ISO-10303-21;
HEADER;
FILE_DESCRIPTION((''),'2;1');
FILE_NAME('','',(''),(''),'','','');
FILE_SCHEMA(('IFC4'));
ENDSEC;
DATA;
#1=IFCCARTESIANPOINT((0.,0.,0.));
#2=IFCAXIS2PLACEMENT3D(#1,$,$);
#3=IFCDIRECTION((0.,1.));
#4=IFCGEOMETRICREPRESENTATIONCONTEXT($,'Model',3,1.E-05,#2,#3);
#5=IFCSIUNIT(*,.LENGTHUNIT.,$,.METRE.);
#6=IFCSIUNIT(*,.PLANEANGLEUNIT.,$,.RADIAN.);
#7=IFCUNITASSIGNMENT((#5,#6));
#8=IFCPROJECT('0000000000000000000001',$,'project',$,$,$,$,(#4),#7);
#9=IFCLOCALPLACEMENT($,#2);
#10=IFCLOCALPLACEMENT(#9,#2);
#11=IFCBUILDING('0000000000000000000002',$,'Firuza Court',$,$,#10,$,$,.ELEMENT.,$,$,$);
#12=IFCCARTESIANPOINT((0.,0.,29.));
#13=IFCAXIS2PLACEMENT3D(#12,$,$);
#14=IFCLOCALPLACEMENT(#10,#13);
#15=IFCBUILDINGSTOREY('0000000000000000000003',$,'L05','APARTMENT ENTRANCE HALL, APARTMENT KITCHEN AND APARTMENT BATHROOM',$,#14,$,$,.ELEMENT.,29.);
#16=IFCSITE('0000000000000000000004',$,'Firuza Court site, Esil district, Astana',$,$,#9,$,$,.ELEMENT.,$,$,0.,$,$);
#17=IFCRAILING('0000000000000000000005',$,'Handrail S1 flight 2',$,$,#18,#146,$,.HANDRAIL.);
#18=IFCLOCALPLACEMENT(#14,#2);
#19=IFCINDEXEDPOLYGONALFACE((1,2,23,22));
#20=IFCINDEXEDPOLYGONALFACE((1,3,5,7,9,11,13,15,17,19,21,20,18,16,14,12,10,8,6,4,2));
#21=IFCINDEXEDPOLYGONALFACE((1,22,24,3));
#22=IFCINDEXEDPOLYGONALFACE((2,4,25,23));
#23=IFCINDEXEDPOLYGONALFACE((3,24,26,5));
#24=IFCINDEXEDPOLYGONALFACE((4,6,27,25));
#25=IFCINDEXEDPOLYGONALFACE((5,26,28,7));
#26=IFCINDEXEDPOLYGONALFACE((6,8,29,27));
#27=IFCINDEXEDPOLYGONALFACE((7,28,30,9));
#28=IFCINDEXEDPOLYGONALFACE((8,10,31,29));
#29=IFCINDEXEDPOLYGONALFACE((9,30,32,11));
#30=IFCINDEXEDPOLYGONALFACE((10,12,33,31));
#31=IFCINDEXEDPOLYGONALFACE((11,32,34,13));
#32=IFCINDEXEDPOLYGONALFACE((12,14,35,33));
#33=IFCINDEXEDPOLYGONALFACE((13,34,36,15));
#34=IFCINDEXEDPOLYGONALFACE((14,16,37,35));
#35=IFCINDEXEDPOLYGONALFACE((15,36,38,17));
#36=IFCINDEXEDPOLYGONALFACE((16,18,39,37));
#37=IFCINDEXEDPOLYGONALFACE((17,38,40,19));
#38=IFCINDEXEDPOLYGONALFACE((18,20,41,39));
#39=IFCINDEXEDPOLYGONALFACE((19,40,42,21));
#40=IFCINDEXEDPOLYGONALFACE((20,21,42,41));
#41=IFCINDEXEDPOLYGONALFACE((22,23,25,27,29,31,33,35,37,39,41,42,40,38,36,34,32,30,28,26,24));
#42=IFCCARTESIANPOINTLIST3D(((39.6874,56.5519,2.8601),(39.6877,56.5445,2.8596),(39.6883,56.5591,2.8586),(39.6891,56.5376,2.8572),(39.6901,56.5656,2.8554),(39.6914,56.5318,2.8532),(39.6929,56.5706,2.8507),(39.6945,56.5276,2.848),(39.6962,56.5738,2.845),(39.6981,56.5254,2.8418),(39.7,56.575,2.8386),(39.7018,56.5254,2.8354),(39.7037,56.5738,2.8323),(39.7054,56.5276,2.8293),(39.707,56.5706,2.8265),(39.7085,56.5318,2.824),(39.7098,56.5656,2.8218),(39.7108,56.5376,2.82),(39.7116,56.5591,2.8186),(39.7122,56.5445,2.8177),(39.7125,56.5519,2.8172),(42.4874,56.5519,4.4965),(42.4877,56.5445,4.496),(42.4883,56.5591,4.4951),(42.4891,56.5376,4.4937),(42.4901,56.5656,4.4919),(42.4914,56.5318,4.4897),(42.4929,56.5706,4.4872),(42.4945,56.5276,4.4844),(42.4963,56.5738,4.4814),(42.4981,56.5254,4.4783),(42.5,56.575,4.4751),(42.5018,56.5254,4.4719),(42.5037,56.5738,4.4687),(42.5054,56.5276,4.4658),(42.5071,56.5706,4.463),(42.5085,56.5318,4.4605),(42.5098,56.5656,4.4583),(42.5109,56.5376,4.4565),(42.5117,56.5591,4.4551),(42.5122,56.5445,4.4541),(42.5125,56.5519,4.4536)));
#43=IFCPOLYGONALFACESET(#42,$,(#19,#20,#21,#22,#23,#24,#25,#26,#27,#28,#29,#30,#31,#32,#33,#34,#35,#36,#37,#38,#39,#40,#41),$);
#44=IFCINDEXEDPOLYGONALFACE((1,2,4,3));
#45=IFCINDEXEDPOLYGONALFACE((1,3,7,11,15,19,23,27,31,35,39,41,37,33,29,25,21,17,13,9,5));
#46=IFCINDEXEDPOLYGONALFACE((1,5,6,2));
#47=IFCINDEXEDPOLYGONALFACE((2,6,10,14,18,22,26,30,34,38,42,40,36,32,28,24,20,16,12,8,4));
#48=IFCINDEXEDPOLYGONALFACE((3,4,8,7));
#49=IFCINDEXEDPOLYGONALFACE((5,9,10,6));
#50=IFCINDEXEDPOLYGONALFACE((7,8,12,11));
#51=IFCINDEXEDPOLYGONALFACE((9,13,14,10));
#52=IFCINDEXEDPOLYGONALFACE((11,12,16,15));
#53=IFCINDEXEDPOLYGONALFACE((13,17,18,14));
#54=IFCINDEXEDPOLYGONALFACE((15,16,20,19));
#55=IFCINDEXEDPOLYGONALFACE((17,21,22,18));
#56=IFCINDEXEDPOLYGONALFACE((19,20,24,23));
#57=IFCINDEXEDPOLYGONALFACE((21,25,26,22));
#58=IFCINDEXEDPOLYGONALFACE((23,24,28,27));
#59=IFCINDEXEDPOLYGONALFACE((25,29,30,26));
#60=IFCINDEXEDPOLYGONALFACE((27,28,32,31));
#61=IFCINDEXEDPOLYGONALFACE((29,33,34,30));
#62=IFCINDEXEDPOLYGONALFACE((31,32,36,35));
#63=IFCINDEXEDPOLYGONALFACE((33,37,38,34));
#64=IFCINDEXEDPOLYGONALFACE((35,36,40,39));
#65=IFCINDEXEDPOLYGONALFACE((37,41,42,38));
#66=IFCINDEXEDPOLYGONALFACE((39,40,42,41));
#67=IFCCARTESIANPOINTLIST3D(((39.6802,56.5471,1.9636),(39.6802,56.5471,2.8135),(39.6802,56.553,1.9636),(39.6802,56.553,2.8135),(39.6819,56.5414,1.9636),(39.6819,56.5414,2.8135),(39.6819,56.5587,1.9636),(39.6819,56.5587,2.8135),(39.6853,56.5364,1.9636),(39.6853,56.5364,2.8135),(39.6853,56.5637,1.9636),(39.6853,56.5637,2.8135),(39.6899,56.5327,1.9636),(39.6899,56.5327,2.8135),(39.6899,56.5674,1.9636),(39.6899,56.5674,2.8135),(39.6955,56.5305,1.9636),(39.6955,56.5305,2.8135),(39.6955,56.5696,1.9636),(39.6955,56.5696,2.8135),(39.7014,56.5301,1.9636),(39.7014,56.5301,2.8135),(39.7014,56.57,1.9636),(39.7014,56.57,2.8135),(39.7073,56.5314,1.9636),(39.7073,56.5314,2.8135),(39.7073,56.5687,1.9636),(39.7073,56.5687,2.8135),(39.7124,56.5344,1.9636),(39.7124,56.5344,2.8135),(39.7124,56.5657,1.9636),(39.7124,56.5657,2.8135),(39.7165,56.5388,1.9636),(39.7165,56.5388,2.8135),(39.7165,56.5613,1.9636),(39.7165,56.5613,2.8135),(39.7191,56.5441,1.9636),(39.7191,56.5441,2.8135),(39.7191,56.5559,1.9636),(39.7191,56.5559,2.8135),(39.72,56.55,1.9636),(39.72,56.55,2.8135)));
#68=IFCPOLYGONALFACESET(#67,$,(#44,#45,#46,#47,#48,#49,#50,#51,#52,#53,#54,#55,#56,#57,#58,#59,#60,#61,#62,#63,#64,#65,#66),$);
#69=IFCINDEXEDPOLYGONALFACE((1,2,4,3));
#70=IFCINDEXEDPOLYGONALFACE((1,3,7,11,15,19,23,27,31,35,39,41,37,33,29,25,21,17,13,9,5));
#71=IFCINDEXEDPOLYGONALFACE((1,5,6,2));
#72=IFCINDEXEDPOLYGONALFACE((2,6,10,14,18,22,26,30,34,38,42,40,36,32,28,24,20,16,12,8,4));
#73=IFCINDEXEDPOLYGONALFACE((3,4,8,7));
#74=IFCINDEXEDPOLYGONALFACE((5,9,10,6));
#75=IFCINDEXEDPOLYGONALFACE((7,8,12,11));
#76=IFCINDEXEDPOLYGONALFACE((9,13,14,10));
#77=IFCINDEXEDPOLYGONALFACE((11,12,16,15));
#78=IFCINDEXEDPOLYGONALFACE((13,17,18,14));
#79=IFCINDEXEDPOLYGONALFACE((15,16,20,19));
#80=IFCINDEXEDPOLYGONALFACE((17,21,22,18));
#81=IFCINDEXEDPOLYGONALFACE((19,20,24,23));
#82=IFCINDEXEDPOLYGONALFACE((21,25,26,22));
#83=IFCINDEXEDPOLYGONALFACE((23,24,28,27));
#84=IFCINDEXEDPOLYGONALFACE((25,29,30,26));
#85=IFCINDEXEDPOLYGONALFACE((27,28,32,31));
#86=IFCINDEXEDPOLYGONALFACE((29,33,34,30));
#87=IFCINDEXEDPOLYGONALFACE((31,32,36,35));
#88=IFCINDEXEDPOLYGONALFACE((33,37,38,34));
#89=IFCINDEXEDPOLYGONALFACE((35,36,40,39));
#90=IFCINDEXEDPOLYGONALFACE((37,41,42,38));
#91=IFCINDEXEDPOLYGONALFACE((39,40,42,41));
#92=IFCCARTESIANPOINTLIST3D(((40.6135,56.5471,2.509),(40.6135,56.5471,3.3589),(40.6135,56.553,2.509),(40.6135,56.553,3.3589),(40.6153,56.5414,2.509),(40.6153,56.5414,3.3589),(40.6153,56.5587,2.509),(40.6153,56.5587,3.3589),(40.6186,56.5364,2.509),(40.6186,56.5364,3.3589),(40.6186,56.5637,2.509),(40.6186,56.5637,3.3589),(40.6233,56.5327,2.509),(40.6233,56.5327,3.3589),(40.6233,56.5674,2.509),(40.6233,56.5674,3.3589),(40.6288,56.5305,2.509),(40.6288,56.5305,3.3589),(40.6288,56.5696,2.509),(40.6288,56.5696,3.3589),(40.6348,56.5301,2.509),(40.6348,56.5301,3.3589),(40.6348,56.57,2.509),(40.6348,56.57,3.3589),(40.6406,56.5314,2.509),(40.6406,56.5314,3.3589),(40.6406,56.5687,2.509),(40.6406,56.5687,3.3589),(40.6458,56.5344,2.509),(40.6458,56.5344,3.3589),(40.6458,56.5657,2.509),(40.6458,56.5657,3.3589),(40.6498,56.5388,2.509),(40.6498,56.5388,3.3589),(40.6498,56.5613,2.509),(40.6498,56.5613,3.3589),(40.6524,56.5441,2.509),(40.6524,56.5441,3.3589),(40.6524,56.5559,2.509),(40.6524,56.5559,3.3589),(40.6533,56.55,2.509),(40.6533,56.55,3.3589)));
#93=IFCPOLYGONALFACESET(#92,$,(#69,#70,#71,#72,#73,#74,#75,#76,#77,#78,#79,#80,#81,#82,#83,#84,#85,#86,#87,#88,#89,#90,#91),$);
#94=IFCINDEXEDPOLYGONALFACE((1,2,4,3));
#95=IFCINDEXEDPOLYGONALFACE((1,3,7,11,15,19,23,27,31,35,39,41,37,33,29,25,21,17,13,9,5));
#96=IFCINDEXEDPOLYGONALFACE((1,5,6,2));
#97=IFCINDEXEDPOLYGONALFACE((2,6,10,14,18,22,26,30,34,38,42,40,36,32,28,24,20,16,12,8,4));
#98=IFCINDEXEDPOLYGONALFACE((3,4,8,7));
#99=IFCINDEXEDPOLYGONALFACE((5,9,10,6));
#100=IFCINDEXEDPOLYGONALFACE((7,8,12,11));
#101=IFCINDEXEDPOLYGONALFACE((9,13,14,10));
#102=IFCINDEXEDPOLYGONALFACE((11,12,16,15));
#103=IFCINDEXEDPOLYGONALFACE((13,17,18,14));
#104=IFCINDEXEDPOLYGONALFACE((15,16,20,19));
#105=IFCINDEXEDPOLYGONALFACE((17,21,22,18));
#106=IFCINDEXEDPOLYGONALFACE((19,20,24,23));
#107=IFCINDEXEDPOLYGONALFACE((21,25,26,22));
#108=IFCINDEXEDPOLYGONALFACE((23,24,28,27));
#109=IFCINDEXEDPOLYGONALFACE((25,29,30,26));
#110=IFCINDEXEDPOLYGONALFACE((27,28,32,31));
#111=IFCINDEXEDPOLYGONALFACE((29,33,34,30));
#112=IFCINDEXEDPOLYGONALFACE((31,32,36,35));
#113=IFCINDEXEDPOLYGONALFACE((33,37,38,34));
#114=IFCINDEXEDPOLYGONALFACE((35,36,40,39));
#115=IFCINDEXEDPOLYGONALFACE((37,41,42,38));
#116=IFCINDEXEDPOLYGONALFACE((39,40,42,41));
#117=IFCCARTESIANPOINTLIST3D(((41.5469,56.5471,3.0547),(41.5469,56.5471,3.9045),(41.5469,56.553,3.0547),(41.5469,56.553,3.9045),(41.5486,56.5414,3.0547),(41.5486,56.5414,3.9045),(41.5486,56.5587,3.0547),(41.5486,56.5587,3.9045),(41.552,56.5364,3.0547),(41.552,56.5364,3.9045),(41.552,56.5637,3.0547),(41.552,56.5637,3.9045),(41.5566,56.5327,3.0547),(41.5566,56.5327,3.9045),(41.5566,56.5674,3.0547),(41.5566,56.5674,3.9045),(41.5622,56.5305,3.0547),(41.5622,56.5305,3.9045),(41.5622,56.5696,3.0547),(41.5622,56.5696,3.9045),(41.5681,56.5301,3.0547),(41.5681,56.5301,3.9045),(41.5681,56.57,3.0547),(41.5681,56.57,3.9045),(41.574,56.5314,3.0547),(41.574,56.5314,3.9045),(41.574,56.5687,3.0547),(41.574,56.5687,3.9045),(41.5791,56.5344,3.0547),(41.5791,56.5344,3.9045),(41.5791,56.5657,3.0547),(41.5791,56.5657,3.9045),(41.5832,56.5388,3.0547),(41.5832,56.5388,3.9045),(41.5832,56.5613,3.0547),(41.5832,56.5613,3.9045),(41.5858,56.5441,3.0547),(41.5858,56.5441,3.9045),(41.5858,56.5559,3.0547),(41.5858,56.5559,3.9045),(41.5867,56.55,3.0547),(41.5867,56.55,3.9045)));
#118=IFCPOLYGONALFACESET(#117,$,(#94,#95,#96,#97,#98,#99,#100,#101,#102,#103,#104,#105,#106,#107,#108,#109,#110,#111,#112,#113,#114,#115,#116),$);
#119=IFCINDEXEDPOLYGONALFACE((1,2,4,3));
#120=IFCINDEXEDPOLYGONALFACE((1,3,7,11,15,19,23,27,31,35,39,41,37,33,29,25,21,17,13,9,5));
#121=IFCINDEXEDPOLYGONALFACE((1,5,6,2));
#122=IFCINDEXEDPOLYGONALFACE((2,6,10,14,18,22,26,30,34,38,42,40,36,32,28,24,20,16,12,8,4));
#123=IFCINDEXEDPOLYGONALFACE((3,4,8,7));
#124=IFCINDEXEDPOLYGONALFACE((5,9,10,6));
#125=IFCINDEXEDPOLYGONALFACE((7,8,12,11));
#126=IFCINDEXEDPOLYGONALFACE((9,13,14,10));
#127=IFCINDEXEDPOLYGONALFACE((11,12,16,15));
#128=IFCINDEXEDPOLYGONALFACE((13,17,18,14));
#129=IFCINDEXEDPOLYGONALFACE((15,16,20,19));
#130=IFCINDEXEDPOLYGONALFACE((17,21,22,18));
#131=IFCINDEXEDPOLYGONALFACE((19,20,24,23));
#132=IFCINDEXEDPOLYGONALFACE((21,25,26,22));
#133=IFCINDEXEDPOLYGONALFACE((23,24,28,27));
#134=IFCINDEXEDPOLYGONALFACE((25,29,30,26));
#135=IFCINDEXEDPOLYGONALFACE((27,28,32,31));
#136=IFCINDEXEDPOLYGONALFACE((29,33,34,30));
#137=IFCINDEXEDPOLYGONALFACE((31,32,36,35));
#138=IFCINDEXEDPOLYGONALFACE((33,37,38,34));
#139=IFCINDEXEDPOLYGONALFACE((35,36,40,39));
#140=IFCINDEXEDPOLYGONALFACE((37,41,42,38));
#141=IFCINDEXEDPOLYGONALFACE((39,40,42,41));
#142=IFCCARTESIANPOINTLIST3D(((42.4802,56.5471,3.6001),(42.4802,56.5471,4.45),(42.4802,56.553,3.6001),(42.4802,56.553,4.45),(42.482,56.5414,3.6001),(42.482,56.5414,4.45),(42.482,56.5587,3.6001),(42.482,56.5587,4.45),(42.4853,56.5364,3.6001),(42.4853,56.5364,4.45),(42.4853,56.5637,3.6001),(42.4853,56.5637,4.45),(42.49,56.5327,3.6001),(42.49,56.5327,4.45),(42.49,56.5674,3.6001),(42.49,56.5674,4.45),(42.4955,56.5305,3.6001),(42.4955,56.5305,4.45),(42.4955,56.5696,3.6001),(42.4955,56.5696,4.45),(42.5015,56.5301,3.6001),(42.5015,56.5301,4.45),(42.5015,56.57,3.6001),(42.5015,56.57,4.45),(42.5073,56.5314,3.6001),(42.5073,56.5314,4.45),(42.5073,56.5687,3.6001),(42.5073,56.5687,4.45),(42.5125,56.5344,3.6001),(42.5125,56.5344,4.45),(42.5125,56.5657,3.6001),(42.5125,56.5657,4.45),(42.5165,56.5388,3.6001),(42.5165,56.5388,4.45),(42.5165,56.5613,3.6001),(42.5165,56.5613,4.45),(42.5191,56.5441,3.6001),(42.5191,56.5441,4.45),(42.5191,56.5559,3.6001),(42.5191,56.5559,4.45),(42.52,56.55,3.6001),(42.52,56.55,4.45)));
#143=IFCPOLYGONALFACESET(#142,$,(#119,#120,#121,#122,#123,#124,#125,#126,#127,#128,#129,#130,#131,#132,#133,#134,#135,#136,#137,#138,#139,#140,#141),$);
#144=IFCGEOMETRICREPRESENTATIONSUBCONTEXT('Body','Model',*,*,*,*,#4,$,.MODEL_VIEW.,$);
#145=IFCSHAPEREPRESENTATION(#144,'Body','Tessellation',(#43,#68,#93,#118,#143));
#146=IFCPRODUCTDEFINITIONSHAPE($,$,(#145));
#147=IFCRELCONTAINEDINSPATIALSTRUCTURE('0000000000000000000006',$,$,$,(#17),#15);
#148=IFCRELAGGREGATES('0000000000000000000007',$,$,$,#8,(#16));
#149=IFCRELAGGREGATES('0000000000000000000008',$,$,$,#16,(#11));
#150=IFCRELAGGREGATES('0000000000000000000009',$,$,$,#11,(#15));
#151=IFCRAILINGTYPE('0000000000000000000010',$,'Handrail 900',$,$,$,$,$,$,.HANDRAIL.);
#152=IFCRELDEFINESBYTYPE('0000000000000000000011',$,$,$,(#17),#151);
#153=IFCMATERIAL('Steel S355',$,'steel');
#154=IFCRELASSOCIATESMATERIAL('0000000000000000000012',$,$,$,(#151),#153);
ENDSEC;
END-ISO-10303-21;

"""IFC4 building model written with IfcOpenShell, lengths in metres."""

from ifc_helpers import new_model, si_unit, direction, frame, origin, origin_2d, place, context, subcontext, project, spatial, circle, extrude, material, type_object, element, save


model = new_model("IFC4")

# Units and contexts
model_context = context("Model", 3, precision=1e-05, world=origin(), true_north=direction((0.0, 1.0)))
body_context = subcontext(model_context, "Body", "Model", "MODEL_VIEW")
ifc_project = project(units=[si_unit("LENGTHUNIT", "METRE"), si_unit("PLANEANGLEUNIT", "RADIAN")], contexts=[model_context])

# Site, building, storey
site_placement = place(None, origin())
site = spatial("IfcSite", under=ifc_project, at=site_placement, Name="Firuza Court site, Esil district, Astana", CompositionType="ELEMENT", RefElevation=0.0)
building_placement = place(site_placement, origin())
building = spatial("IfcBuilding", under=site, at=building_placement, Name="Firuza Court", CompositionType="ELEMENT")
storey_placement = place(building_placement, frame((0.0, 0.0, 29.0)))
storey = spatial("IfcBuildingStorey", under=building, at=storey_placement, Name="L05", Description="APARTMENT ENTRANCE HALL, APARTMENT KITCHEN AND APARTMENT BATHROOM", CompositionType="ELEMENT", Elevation=29.0)

# Railing
ifc_material_1 = material(Name="Steel S355", Category="steel")
railing_type_1 = type_object("IfcRailingType", Name="Handrail 900", PredefinedType="HANDRAIL", material=ifc_material_1)
railing_1_placement = place(storey_placement, frame((39.7, 56.55, 1.9636)))
element("IfcRailing", 1, at=railing_1_placement, inside=storey, type_object=railing_type_1, Name="Handrail S1 flight 2", PredefinedType="HANDRAIL", context=body_context, shape_type="SweptSolid", body=[
    extrude(circle(Radius=0.0249, at=origin_2d()), frame((0.0, 0.0, 0.875), z_axis=(0.863361, 0.0, 0.504587), x_axis=(0.0, 1.0, 0.0)), (0.0, 0.0, 1.0), 3.2432),
    extrude(circle(Radius=0.02, at=origin_2d()), origin(), (0.0, 0.0, 1.0), 0.8499),
    extrude(circle(Radius=0.02, at=origin_2d()), frame((0.9333, 0.0, 0.5454)), (0.0, 0.0, 1.0), 0.8499),
    extrude(circle(Radius=0.02, at=origin_2d()), frame((1.8667, 0.0, 1.0911)), (0.0, 0.0, 1.0), 0.8499),
    extrude(circle(Radius=0.02, at=origin_2d()), frame((2.8, 0.0, 1.6365)), (0.0, 0.0, 1.0), 0.8499),
])

save(model, "model.ifc")
